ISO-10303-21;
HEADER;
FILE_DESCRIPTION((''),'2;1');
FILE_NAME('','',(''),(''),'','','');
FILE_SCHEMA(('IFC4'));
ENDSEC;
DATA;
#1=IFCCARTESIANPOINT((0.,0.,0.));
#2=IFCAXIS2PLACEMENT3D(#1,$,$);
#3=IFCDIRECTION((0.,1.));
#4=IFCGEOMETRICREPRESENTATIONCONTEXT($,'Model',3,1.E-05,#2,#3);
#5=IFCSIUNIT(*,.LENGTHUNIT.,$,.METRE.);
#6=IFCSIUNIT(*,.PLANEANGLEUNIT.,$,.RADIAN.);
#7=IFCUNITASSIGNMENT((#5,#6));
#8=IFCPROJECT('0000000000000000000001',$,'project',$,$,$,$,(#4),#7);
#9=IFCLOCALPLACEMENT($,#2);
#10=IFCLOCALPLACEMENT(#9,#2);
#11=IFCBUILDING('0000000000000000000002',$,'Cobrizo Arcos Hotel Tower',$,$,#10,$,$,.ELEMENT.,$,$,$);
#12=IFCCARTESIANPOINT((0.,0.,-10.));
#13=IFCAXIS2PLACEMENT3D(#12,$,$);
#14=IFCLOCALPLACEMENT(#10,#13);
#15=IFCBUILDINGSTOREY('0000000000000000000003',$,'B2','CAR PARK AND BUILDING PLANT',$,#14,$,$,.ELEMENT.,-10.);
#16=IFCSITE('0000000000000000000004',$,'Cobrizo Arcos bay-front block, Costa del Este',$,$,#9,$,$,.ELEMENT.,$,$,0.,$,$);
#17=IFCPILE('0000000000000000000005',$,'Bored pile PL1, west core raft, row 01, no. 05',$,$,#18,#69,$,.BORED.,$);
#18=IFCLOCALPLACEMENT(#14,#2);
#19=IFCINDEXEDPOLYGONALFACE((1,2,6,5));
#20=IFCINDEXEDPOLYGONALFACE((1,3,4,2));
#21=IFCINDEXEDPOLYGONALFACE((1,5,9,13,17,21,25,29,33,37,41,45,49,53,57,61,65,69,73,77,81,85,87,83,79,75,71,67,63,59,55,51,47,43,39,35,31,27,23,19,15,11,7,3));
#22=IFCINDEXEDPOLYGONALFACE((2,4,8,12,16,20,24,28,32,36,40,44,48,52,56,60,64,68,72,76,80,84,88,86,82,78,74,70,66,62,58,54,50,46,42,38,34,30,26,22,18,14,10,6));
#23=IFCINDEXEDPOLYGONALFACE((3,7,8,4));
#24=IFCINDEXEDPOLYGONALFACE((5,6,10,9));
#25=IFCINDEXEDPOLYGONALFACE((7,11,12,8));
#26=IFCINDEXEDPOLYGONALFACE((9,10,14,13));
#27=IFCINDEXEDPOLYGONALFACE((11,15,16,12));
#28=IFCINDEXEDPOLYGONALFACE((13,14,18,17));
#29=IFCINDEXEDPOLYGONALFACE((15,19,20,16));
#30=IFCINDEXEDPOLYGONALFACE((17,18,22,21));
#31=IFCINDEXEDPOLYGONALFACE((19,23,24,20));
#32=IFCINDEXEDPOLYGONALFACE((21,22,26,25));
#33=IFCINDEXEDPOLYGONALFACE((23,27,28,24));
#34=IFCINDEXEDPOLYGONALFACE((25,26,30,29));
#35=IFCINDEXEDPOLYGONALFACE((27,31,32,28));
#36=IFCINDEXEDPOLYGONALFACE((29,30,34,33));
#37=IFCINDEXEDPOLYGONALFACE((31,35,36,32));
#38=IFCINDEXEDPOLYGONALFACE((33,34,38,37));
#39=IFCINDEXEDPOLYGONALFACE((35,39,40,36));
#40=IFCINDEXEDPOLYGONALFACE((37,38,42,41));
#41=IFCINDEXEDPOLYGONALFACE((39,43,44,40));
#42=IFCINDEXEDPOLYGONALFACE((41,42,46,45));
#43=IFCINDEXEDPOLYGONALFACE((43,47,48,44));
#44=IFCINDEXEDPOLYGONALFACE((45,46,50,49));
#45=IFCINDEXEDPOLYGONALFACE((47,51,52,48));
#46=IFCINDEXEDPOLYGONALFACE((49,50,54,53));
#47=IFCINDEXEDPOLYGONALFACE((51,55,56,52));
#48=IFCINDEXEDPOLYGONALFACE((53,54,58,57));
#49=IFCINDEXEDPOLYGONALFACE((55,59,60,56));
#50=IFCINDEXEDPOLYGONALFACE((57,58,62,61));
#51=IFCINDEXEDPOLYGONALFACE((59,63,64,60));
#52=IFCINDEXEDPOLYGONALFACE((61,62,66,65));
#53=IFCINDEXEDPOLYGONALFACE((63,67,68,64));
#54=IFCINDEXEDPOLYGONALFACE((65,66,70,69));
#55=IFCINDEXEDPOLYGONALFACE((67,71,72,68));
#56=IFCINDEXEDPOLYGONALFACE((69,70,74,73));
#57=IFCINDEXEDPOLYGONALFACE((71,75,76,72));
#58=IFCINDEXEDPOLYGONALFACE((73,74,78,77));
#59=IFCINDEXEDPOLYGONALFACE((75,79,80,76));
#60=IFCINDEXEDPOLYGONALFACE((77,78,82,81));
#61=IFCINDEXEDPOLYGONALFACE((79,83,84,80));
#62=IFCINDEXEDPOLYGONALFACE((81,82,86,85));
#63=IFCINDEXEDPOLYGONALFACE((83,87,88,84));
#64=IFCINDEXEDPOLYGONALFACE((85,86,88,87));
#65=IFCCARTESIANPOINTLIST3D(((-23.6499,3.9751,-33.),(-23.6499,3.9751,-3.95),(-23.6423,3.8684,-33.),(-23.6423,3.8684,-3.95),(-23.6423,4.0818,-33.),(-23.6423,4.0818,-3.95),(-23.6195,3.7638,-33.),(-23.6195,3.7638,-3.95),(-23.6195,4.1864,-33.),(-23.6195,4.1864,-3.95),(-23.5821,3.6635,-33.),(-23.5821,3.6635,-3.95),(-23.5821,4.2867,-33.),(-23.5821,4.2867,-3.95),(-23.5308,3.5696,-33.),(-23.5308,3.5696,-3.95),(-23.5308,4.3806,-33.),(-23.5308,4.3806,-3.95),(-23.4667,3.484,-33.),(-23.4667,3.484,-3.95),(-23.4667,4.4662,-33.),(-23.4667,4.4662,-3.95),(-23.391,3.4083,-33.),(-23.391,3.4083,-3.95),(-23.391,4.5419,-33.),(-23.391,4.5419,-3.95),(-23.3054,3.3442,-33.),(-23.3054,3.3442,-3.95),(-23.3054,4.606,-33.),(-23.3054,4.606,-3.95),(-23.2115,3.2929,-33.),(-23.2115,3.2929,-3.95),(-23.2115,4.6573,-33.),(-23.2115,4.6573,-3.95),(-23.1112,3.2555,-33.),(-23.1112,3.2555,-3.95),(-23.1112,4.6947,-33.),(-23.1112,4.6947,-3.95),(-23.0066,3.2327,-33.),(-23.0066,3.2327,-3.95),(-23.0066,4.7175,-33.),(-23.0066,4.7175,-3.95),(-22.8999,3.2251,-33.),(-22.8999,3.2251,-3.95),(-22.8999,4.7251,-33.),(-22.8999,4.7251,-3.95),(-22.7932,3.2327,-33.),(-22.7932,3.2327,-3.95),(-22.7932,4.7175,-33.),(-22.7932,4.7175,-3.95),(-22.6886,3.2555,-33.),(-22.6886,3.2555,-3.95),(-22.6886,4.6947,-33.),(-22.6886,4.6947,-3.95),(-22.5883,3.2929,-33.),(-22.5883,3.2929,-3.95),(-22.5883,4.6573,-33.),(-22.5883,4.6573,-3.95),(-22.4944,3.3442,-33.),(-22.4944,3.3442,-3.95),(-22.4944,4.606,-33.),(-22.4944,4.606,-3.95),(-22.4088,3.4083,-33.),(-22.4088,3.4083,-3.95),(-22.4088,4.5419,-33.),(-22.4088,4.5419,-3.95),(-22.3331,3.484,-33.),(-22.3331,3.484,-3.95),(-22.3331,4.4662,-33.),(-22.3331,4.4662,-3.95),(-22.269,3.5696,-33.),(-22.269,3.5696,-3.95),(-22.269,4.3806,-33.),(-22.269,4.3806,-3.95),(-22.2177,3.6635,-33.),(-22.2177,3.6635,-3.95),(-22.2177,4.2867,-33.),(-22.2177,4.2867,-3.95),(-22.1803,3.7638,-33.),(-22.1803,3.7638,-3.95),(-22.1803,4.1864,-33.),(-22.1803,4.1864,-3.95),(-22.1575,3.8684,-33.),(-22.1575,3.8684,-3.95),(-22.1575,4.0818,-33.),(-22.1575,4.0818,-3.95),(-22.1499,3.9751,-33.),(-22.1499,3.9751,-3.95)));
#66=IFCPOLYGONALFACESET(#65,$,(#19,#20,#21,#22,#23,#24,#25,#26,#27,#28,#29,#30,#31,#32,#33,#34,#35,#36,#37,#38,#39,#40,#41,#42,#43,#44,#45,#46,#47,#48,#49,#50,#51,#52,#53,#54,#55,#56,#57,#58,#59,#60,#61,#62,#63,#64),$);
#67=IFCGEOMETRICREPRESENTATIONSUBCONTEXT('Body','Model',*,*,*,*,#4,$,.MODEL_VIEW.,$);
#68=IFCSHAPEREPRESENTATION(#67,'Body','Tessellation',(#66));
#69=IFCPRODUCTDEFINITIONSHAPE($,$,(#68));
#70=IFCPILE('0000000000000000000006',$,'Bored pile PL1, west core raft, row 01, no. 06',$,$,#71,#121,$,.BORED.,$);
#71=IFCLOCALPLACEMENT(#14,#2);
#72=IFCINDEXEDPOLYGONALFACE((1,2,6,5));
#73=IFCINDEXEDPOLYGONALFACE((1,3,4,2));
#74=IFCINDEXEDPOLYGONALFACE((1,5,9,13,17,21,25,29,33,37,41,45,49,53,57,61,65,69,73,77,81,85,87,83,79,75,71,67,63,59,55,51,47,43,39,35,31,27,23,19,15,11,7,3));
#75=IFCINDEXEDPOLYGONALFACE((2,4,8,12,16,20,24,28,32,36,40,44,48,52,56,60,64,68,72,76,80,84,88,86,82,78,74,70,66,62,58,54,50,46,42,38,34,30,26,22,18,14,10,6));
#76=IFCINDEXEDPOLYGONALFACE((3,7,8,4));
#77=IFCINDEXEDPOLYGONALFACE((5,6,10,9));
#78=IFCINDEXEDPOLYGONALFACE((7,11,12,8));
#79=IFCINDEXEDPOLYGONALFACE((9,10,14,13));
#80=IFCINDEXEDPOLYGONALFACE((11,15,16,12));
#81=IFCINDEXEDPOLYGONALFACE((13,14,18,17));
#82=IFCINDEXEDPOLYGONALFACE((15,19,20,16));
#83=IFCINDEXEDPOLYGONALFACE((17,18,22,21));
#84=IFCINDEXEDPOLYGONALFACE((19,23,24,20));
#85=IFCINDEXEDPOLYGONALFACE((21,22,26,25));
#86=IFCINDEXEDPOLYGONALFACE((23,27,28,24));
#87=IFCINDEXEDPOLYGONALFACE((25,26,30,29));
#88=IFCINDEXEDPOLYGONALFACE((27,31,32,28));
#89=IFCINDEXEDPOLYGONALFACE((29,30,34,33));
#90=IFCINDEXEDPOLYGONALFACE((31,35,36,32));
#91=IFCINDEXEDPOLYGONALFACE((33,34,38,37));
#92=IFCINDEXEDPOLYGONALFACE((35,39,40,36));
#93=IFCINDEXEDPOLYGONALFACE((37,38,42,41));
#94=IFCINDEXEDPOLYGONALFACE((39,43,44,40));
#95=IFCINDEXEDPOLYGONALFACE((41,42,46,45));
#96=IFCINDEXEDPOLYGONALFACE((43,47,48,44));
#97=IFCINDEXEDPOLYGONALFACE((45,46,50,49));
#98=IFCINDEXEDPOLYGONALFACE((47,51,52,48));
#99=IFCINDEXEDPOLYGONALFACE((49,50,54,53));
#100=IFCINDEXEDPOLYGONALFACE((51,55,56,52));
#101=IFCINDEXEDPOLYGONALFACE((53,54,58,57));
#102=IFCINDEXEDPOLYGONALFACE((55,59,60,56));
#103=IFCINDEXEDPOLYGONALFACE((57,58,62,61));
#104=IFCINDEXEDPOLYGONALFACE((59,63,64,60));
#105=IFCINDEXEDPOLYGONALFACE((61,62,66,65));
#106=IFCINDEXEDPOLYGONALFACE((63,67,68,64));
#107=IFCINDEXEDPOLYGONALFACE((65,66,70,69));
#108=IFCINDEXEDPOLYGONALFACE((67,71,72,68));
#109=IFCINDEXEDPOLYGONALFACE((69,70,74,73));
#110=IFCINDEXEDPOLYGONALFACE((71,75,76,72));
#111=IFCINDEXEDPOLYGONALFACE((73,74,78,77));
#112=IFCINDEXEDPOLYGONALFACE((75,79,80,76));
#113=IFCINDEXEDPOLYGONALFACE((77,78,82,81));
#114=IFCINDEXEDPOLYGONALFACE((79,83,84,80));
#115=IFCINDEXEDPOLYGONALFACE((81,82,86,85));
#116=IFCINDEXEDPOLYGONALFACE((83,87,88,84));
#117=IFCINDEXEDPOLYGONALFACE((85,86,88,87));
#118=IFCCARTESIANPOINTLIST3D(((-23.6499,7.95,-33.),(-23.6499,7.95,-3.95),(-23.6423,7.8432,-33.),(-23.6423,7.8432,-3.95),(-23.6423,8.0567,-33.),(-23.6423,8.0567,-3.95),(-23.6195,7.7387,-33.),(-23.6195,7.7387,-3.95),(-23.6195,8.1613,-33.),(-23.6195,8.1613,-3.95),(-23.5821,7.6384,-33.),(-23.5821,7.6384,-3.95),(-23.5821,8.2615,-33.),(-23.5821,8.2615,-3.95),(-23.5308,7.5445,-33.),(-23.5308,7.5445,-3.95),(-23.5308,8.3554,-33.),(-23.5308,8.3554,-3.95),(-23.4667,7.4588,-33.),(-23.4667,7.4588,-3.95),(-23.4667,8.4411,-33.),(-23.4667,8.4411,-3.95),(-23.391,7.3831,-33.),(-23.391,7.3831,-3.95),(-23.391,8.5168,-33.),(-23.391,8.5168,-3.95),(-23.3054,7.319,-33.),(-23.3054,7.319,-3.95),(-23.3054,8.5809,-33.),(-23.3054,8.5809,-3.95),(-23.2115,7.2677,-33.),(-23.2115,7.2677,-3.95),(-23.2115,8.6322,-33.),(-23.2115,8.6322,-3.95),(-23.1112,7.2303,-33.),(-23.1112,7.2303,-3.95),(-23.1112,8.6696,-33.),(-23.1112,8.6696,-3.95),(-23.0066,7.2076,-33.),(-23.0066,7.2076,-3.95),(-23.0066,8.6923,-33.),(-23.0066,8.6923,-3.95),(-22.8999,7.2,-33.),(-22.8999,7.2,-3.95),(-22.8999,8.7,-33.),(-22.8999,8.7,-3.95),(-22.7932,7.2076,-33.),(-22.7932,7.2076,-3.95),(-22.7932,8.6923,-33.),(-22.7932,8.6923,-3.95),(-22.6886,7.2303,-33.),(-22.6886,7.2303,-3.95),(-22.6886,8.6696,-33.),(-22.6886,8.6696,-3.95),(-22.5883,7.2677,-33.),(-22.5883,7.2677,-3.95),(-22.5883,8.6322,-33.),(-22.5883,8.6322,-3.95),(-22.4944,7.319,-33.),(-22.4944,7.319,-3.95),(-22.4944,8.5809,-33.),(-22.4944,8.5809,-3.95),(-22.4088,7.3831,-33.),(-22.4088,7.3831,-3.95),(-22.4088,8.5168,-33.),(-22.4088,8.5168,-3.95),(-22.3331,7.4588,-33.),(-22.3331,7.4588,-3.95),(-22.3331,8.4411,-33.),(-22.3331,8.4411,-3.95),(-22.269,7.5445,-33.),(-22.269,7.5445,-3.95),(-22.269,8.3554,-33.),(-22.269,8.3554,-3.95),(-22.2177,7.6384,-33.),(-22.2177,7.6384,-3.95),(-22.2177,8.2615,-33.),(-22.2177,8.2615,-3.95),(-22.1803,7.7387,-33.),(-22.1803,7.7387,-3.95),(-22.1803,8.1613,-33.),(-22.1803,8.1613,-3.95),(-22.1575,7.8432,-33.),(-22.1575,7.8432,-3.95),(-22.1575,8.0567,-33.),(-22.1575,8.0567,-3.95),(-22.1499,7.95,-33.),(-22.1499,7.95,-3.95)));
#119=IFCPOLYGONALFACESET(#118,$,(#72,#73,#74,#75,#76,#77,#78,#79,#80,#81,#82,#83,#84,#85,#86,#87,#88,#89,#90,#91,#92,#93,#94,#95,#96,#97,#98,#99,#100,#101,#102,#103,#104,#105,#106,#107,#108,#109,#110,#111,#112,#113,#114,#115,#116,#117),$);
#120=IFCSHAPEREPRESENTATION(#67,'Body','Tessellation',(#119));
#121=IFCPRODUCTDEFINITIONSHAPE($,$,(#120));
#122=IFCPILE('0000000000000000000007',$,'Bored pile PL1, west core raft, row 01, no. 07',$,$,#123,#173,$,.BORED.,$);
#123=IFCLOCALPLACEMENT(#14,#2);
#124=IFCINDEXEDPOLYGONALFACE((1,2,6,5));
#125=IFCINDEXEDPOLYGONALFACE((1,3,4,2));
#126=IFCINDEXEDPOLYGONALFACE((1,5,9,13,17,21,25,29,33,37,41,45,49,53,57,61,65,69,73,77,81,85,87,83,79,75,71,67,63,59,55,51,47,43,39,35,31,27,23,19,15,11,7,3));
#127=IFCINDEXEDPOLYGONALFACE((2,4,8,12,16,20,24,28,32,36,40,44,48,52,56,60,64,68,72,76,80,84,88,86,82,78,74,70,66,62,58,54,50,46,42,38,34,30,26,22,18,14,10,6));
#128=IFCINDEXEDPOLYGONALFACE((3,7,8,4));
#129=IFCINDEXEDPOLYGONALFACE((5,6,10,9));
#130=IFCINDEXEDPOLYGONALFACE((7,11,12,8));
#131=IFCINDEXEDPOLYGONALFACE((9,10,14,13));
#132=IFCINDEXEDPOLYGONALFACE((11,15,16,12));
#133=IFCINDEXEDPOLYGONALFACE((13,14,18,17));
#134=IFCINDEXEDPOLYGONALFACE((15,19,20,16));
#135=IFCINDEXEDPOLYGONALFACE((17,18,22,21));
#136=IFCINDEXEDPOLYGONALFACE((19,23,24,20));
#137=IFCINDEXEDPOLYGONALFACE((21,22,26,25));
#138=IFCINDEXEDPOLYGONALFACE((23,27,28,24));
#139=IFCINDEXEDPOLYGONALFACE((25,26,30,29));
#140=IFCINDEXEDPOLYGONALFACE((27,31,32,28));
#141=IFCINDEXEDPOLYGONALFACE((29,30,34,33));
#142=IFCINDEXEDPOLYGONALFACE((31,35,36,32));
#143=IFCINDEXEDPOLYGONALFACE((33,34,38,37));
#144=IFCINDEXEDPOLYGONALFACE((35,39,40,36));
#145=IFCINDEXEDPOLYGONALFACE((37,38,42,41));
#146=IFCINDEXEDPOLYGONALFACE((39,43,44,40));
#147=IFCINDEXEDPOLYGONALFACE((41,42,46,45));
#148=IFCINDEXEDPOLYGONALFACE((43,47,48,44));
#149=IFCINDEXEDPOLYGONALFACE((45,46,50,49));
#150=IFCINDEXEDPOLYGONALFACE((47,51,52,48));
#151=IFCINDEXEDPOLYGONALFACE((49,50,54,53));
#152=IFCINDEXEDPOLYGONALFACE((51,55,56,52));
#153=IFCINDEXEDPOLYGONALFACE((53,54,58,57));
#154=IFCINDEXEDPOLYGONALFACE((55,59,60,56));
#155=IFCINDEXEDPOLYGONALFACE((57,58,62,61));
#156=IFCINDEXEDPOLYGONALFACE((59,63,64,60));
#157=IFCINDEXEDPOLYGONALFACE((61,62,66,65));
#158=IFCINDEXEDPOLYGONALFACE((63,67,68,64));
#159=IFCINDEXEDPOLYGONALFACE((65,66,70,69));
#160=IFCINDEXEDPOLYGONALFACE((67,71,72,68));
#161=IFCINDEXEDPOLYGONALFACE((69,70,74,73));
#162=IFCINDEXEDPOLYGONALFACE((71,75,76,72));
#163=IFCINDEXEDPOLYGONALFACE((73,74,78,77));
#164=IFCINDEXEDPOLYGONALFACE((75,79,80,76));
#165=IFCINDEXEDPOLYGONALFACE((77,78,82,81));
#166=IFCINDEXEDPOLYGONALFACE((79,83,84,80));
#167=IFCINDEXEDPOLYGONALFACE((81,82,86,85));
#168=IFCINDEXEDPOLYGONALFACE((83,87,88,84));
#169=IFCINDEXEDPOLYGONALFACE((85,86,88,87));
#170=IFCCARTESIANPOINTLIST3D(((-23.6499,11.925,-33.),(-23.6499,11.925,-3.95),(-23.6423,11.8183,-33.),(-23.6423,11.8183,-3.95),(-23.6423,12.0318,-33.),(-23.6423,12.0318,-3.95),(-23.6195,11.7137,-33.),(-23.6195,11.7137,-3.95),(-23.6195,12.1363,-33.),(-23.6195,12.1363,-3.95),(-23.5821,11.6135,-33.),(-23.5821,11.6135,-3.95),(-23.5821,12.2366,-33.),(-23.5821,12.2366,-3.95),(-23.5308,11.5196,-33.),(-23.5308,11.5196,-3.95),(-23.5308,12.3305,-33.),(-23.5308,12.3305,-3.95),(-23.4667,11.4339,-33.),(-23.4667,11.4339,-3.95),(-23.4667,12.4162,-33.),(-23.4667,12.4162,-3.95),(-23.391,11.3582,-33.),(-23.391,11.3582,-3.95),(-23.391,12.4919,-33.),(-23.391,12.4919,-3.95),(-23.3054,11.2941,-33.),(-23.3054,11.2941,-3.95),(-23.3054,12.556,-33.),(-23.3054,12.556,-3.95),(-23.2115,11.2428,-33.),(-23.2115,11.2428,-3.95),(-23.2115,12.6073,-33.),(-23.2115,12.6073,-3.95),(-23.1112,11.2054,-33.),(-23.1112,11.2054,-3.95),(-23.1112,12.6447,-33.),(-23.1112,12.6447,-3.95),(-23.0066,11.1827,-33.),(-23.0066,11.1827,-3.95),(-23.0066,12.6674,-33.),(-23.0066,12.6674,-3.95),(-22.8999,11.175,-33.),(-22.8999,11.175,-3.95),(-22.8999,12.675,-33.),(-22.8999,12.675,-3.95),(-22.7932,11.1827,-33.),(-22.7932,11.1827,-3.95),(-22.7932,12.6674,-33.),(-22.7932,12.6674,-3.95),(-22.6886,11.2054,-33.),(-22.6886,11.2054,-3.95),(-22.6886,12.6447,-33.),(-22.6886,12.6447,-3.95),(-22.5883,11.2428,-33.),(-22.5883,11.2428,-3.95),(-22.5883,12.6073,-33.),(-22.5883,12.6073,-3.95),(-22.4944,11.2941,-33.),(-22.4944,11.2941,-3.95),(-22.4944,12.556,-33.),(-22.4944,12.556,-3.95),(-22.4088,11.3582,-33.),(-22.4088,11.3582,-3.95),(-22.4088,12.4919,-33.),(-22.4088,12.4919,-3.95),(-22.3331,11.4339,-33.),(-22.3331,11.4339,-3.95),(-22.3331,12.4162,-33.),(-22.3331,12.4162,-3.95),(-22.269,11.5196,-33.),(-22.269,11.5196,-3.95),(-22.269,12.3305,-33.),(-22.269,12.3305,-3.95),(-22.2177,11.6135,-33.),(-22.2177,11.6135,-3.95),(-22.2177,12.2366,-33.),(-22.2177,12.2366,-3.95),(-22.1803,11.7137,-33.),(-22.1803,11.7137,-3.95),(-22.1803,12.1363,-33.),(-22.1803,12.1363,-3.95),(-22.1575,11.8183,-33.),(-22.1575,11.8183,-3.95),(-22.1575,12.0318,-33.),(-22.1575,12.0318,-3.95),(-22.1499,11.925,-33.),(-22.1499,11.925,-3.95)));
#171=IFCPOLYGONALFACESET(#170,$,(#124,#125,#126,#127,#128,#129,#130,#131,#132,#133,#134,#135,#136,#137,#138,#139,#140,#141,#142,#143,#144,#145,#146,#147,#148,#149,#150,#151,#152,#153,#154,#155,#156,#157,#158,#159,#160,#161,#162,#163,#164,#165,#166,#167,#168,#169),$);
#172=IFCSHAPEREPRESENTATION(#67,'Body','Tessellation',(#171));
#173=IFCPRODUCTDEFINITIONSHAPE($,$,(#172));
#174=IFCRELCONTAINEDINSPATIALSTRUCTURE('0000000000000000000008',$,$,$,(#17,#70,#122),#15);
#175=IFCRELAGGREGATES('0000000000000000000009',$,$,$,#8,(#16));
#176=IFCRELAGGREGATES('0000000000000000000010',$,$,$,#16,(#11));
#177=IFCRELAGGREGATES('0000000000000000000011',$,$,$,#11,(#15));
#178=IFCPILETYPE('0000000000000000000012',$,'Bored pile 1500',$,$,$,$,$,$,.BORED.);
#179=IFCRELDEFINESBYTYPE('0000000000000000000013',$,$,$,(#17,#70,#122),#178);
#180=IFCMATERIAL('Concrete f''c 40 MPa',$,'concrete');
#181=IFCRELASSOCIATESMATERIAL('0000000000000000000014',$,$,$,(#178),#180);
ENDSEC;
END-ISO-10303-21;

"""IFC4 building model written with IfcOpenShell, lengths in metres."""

from ifc_helpers import new_model, si_unit, direction, frame, origin, origin_2d, place, context, subcontext, project, spatial, circle, extrude, material, material_profile, profile_set, type_object, element, save


model = new_model("IFC4")

# Units and contexts
model_context = context("Model", 3, precision=1e-05, world=origin(), true_north=direction((0.0, 1.0)))
body_context = subcontext(model_context, "Body", "Model", "MODEL_VIEW")
ifc_project = project(units=[si_unit("LENGTHUNIT", "METRE"), si_unit("PLANEANGLEUNIT", "RADIAN")], contexts=[model_context])

# Site, building, storey
site_placement = place(None, origin())
site = spatial("IfcSite", under=ifc_project, at=site_placement, Name="Cobrizo Arcos bay-front block, Costa del Este", CompositionType="ELEMENT", RefElevation=0.0)
building_placement = place(site_placement, origin())
building = spatial("IfcBuilding", under=site, at=building_placement, Name="Cobrizo Arcos Hotel Tower", CompositionType="ELEMENT")
storey_placement = place(building_placement, frame((0.0, 0.0, -10.0)))
storey = spatial("IfcBuildingStorey", under=building, at=storey_placement, Name="B2", Description="CAR PARK AND BUILDING PLANT", CompositionType="ELEMENT", Elevation=-10.0)

# Piles
ifc_material_1 = material(Name="Concrete f'c 40 MPa", Category="concrete")
ifc_material_profile_1 = material_profile(ifc_material_1, circle(Radius=0.75, at=origin_2d()), Name="BORED PILE 1500")
ifc_profile_set_1 = profile_set([ifc_material_profile_1], Name="Concrete f'c 40 MPa")
pile_type = type_object("IfcPileType", Name="Bored pile 1500", PredefinedType="BORED", material=ifc_profile_set_1)
for number, where, z_axis, x_axis, name in (
    (1, (-22.8999, 3.9751, -3.95), (0.0, 0.0, -1.0), (1.0, 0.0, 0.0), "Bored pile PL1, west core raft, row 01, no. 05"),
    (2, (-22.8999, 7.95, -3.95), (0.0, 0.0, -1.0), (1.0, 0.0, 0.0), "Bored pile PL1, west core raft, row 01, no. 06"),
    (3, (-22.8999, 11.925, -3.95), (0.0, 0.0, -1.0), (1.0, 0.0, 0.0), "Bored pile PL1, west core raft, row 01, no. 07"),
):
    element("IfcPile", number, at=place(storey_placement, frame(where, z_axis=z_axis, x_axis=x_axis)), inside=storey, type_object=pile_type, Name=name, PredefinedType="BORED", context=body_context, shape_type="SweptSolid", body=[
        extrude(circle(Radius=0.75, at=origin_2d()), origin(), (0.0, 0.0, 1.0), 29.05),
    ])

save(model, "model.ifc")
